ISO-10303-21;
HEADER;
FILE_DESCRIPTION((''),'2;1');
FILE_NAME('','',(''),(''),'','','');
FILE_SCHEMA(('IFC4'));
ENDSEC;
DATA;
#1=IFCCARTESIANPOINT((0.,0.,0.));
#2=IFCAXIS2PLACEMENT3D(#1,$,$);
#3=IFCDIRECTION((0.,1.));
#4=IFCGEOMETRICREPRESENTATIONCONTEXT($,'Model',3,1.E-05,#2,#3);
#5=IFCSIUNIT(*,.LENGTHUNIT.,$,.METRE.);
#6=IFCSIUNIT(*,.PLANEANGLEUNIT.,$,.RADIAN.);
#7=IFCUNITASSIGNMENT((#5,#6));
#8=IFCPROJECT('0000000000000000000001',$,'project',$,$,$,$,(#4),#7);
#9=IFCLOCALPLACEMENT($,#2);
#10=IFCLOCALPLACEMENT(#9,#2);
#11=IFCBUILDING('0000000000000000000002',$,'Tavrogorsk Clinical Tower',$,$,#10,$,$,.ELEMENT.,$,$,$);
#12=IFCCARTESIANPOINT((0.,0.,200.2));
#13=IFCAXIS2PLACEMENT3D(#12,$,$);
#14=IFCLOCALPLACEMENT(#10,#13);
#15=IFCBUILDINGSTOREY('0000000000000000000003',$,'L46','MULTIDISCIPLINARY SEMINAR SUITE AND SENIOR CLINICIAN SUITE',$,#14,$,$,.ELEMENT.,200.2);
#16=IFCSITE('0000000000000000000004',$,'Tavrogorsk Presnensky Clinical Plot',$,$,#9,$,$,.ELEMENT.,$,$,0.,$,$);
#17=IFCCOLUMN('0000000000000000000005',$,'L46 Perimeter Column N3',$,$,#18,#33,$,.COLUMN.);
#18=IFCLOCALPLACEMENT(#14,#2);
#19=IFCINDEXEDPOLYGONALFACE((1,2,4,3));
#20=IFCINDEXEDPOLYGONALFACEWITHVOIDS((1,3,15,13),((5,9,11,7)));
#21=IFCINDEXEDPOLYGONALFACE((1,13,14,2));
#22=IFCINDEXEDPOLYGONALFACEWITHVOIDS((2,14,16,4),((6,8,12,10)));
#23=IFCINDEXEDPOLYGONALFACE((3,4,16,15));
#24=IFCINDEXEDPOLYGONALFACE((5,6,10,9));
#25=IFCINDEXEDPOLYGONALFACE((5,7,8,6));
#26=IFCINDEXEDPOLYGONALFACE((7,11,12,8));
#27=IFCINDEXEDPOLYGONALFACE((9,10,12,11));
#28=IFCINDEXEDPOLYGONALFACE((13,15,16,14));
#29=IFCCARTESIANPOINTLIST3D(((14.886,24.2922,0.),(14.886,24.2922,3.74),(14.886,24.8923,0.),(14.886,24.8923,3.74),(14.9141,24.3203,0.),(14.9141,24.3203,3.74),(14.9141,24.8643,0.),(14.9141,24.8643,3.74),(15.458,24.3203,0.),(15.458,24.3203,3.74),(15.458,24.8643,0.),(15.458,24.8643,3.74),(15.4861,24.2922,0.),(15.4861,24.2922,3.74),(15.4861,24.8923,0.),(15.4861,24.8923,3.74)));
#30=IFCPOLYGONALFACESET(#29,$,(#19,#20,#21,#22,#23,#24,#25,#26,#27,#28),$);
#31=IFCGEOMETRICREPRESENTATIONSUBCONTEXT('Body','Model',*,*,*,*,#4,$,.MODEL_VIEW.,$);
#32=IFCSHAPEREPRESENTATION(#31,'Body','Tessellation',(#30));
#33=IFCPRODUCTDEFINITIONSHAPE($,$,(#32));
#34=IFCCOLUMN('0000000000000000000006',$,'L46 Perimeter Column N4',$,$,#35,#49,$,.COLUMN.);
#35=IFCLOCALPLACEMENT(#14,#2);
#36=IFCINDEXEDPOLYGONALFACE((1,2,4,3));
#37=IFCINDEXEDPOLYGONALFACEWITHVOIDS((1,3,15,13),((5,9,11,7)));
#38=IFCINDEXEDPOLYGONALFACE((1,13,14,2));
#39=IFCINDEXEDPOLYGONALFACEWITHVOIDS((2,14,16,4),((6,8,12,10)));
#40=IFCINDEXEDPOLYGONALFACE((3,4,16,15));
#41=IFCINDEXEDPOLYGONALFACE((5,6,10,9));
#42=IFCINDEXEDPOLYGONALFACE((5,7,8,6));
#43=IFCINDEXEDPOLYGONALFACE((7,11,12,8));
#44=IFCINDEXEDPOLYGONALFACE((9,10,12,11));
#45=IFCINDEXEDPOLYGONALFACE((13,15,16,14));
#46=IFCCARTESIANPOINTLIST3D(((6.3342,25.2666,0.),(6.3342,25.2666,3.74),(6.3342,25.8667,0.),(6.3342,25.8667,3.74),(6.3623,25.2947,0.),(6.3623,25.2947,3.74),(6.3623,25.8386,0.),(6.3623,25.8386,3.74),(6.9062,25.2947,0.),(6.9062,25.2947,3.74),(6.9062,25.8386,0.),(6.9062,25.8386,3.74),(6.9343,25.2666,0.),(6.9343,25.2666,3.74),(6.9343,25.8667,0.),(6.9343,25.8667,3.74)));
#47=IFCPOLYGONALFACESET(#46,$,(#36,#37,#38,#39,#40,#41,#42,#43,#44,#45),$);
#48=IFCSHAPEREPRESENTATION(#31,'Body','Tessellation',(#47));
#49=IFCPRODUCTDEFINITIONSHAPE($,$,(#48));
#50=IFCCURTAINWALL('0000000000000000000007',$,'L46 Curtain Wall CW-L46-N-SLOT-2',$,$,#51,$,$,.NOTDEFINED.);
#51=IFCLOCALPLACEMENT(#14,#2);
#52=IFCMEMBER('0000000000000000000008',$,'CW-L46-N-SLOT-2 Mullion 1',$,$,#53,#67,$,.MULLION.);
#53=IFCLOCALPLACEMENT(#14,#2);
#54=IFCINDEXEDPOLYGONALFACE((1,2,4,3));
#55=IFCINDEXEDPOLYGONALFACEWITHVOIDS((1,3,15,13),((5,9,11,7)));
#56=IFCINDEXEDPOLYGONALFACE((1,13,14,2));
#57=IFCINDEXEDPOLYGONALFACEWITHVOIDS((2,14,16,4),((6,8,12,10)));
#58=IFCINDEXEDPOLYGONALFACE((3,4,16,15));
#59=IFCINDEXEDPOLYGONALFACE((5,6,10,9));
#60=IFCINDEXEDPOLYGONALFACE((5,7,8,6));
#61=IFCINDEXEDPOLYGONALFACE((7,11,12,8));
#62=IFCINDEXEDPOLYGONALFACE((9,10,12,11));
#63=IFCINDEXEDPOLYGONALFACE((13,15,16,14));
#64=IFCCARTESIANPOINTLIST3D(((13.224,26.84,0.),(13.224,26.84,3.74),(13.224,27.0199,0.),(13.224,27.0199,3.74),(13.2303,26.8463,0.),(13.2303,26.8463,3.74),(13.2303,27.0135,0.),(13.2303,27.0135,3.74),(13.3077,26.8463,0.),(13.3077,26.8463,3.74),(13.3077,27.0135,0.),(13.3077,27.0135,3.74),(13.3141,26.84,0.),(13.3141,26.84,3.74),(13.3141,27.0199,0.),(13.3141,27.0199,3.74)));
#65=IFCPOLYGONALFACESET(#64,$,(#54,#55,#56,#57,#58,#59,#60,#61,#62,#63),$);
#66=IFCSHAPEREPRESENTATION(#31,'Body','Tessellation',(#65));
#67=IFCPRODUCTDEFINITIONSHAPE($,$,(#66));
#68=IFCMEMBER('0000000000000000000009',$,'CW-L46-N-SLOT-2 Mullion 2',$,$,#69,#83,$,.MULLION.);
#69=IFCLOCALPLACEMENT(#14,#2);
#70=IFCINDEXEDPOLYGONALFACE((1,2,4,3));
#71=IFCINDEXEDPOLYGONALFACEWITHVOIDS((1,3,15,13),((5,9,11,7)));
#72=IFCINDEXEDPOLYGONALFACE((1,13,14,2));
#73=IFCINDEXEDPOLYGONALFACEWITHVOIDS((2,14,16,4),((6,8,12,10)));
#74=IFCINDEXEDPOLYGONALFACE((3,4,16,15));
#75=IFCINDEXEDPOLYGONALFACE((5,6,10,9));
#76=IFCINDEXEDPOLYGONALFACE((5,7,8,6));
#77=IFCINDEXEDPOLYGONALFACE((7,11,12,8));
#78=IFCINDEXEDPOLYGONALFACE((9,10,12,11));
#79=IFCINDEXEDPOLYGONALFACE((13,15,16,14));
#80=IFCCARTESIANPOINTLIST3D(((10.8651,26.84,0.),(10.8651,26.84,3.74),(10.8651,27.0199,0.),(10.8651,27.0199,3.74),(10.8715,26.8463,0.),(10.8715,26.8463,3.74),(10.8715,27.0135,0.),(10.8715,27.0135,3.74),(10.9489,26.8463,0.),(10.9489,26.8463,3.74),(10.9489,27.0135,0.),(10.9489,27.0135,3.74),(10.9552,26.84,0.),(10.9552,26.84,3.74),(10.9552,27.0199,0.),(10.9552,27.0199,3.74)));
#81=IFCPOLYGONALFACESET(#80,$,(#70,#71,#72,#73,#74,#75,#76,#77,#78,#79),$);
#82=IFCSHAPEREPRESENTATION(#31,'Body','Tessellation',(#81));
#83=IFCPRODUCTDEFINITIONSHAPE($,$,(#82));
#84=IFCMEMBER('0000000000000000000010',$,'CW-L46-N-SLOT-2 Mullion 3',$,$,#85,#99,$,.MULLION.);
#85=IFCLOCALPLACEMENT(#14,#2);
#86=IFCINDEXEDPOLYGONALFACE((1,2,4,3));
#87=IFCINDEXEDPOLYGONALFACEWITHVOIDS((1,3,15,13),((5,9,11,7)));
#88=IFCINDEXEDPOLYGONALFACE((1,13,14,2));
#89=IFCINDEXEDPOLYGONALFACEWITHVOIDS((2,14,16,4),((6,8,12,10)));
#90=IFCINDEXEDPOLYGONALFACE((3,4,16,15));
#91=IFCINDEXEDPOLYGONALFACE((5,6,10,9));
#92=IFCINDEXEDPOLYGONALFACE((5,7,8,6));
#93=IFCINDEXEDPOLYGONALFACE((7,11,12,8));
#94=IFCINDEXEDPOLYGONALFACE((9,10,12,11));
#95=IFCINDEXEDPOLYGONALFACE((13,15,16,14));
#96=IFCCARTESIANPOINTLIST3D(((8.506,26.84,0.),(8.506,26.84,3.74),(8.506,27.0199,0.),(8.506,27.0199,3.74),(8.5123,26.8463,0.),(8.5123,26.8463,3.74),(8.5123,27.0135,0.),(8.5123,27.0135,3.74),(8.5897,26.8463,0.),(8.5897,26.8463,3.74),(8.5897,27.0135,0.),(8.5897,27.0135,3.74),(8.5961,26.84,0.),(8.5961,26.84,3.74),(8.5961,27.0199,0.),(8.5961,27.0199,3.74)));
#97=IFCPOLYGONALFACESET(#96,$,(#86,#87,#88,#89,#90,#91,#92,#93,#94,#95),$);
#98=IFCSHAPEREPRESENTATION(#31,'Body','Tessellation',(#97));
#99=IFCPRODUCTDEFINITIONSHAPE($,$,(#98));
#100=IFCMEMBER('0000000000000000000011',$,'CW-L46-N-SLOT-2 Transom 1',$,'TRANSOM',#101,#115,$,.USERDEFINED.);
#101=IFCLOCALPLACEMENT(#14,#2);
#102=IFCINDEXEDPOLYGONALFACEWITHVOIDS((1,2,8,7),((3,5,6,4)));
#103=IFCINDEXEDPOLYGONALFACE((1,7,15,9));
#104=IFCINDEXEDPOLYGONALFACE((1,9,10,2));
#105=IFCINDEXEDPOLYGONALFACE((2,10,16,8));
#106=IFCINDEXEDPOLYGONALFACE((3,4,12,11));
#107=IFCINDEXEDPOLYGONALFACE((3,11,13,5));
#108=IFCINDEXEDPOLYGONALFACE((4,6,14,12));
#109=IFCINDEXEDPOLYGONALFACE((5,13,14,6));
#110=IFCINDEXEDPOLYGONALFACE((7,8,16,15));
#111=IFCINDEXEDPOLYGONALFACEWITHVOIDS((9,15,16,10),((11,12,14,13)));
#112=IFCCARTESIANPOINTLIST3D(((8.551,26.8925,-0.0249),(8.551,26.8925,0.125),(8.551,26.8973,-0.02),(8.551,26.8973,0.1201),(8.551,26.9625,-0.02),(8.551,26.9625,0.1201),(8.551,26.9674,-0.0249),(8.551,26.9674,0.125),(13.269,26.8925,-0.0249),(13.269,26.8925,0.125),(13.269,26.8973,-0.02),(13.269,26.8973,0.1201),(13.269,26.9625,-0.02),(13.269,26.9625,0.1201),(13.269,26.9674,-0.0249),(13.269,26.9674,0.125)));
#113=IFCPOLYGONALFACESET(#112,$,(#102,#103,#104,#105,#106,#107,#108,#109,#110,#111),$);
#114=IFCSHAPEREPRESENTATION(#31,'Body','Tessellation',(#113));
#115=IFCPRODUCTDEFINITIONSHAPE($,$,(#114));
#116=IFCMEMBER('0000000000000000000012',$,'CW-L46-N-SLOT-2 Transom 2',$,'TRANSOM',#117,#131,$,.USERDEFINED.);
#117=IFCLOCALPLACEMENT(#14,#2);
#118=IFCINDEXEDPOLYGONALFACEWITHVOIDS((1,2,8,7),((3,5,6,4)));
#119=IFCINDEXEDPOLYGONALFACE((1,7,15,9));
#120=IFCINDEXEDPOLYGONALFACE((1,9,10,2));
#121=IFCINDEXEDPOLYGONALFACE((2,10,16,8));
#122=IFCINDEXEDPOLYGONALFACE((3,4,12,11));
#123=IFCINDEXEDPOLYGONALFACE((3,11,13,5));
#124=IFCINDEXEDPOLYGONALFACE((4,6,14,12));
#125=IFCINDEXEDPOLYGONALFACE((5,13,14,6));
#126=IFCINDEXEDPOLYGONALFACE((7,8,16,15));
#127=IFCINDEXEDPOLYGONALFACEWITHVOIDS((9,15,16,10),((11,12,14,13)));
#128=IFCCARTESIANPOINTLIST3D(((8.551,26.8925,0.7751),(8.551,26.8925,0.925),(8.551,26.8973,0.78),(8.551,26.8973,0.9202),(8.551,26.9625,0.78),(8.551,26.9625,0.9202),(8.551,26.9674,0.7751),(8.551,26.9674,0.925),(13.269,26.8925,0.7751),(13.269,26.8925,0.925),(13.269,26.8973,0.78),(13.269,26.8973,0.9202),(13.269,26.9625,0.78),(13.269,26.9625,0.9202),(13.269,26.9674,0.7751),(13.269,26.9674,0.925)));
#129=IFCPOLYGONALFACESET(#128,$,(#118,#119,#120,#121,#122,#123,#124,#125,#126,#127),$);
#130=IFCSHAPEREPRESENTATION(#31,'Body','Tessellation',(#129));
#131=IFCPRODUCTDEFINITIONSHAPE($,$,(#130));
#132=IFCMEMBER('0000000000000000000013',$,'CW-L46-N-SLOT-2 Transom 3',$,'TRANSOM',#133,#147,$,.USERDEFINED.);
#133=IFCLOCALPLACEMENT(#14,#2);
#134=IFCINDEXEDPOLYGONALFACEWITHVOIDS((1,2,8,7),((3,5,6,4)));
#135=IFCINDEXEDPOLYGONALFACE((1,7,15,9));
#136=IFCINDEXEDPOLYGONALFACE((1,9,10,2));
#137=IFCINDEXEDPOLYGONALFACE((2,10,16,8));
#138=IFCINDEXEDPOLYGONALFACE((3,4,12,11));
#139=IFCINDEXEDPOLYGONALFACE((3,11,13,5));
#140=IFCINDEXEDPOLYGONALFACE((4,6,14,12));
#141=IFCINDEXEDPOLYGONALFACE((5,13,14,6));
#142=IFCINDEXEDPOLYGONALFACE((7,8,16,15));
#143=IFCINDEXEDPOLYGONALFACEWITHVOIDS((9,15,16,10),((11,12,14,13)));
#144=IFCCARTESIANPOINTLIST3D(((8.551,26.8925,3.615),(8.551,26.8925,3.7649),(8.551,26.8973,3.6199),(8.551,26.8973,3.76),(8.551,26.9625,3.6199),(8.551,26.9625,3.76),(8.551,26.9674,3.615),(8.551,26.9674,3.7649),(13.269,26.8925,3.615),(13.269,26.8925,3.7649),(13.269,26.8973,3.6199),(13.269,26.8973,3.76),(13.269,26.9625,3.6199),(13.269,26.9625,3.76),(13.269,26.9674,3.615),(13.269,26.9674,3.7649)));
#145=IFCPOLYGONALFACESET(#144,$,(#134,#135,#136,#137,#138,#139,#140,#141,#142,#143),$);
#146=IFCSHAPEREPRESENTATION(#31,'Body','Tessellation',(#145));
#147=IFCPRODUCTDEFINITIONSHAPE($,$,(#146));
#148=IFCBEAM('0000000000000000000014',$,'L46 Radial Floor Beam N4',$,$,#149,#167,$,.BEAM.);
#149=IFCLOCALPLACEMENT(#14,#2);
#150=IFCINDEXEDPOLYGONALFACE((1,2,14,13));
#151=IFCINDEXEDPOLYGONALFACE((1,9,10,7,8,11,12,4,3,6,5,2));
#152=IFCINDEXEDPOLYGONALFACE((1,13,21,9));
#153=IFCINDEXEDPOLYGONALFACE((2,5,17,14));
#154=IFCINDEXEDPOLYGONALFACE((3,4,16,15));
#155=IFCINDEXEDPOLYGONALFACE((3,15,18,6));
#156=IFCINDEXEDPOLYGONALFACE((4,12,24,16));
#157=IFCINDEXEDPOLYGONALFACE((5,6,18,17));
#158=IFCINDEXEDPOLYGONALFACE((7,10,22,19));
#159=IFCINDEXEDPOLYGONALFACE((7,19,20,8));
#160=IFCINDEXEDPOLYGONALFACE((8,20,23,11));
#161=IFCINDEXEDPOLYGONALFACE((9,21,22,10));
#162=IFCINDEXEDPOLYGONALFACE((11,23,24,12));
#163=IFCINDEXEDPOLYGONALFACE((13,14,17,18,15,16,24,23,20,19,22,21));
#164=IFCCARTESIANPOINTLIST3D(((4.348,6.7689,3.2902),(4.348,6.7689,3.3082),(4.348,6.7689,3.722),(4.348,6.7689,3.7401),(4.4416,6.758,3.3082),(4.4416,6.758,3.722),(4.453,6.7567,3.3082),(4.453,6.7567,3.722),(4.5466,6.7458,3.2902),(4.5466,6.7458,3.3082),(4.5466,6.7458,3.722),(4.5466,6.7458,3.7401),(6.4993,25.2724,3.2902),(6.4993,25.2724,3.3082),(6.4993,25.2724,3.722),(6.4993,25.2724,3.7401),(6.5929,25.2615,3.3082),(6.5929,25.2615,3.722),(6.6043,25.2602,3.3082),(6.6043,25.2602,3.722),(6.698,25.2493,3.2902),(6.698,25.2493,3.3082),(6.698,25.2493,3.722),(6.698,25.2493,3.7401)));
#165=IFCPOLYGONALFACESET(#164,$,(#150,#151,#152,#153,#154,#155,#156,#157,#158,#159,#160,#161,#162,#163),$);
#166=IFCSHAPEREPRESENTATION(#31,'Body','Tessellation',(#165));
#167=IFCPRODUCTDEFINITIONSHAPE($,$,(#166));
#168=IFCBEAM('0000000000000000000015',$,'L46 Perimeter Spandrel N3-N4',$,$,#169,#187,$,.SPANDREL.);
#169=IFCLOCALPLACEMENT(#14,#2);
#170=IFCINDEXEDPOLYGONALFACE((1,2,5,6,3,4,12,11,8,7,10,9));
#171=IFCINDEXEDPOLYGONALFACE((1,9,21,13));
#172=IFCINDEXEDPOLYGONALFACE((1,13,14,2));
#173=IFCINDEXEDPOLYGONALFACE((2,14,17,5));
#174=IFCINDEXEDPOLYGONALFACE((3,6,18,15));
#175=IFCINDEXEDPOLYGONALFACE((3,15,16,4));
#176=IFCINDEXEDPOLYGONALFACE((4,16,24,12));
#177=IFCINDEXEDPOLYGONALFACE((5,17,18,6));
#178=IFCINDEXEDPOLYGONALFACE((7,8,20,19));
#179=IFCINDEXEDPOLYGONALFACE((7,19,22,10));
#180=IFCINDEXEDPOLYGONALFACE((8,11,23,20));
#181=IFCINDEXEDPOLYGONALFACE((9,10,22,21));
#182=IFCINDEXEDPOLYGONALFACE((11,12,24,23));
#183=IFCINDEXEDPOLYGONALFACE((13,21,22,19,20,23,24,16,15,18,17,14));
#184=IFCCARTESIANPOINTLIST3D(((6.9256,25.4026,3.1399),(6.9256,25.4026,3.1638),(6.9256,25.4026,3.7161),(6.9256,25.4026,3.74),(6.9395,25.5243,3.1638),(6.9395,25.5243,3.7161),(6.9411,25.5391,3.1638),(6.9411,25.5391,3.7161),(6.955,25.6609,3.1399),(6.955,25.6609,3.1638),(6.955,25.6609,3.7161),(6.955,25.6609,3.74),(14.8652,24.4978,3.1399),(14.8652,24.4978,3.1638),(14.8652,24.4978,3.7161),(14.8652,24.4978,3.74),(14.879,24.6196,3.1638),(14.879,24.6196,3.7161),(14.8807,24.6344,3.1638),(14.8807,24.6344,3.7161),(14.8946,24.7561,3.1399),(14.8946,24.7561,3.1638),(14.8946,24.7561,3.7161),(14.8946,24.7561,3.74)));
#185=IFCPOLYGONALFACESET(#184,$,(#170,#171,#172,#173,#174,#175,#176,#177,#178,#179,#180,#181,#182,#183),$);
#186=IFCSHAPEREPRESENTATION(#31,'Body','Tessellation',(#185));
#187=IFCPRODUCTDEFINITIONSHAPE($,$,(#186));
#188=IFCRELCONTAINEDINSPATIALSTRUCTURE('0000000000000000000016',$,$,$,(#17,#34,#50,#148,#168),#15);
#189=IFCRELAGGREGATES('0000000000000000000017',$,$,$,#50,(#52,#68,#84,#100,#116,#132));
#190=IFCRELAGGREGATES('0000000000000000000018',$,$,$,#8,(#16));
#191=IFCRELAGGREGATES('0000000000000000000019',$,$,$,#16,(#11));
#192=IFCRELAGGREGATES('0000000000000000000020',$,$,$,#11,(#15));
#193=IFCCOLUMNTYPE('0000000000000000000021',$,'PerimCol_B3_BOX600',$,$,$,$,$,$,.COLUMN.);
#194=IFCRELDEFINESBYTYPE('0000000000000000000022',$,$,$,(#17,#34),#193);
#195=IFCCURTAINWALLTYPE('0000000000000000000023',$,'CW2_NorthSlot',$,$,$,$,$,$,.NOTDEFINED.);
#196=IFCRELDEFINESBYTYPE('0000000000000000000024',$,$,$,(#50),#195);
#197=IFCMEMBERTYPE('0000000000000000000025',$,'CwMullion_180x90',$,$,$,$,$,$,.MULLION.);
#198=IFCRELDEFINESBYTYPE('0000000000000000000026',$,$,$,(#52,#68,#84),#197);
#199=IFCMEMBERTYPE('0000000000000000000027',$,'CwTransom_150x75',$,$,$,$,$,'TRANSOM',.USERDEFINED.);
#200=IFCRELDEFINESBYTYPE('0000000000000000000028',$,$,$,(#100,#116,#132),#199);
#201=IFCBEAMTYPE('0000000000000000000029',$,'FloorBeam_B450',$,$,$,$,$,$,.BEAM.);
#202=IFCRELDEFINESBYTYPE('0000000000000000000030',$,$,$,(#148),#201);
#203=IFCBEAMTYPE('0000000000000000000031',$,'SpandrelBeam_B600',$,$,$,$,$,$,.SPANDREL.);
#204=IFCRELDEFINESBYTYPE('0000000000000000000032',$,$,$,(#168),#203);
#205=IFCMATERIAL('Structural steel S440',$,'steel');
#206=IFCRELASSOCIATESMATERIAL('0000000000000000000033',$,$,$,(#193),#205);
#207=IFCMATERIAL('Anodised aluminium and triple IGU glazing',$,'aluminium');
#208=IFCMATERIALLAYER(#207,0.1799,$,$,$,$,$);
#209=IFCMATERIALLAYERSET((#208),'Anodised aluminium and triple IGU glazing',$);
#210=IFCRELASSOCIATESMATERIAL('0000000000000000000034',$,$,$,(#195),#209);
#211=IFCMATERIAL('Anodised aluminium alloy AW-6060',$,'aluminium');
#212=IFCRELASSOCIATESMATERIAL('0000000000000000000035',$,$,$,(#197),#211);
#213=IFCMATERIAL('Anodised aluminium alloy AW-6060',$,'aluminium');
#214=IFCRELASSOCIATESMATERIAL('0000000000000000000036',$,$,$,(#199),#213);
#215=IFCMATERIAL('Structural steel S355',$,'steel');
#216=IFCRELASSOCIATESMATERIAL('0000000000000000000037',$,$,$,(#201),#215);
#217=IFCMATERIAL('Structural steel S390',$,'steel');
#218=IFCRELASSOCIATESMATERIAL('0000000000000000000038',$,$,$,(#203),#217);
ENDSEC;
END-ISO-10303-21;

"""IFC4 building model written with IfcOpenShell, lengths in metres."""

from ifc_helpers import new_model, si_unit, direction, frame, origin, origin_2d, place, context, subcontext, project, spatial, hollow_rectangle, i_section, extrude, material, layer, layer_set, material_profile, profile_set, type_object, element, aggregate, save


model = new_model("IFC4")

# Units and contexts
model_context = context("Model", 3, precision=1e-05, world=origin(), true_north=direction((0.0, 1.0)))
body_context = subcontext(model_context, "Body", "Model", "MODEL_VIEW")
ifc_project = project(units=[si_unit("LENGTHUNIT", "METRE"), si_unit("PLANEANGLEUNIT", "RADIAN")], contexts=[model_context])

# Site, building, storey
site_placement = place(None, origin())
site = spatial("IfcSite", under=ifc_project, at=site_placement, Name="Tavrogorsk Presnensky Clinical Plot", CompositionType="ELEMENT", RefElevation=0.0)
building_placement = place(site_placement, origin())
building = spatial("IfcBuilding", under=site, at=building_placement, Name="Tavrogorsk Clinical Tower", CompositionType="ELEMENT")
storey_placement = place(building_placement, frame((0.0, 0.0, 200.2)))
storey = spatial("IfcBuildingStorey", under=building, at=storey_placement, Name="L46", Description="MULTIDISCIPLINARY SEMINAR SUITE AND SENIOR CLINICIAN SUITE", CompositionType="ELEMENT", Elevation=200.2)

# Columns
ifc_material_1 = material(Name="Structural steel S440", Category="steel")
ifc_material_profile_1 = material_profile(ifc_material_1, hollow_rectangle(XDim=0.6001, YDim=0.6001, WallThickness=0.0281, at=origin_2d()), Name="BOX-600x600x28")
ifc_profile_set_1 = profile_set([ifc_material_profile_1], Name="Structural steel S440")
column_type = type_object("IfcColumnType", Name="PerimCol_B3_BOX600", PredefinedType="COLUMN", material=ifc_profile_set_1)
for number, where, z_axis, x_axis, name in (
    (1, (15.186, 24.5923, 0.0), (0.0, 0.0, 1.0), (1.0, 0.0, 0.0), "L46 Perimeter Column N3"),
    (2, (6.6343, 25.5667, 0.0), (0.0, 0.0, 1.0), (1.0, 0.0, 0.0), "L46 Perimeter Column N4"),
):
    element("IfcColumn", number, at=place(storey_placement, frame(where, z_axis=z_axis, x_axis=x_axis)), inside=storey, type_object=column_type, Name=name, PredefinedType="COLUMN", context=body_context, shape_type="SweptSolid", body=[
        extrude(hollow_rectangle(XDim=0.6001, YDim=0.6001, WallThickness=0.0281, at=origin_2d()), origin(), (0.0, 0.0, 1.0), 3.74),
    ])

# Curtain wall, members
ifc_material_2 = material(Name="Anodised aluminium and triple IGU glazing", Category="aluminium")
ifc_layer_1 = layer(ifc_material_2, 0.1799)
ifc_layer_set_1 = layer_set([ifc_layer_1], Name="Anodised aluminium and triple IGU glazing")
curtain_wall_type = type_object("IfcCurtainWallType", Name="CW2_NorthSlot", PredefinedType="NOTDEFINED", material=ifc_layer_set_1)
curtain_wall_placement = place(storey_placement, origin())
curtain_wall = element("IfcCurtainWall", 3, at=curtain_wall_placement, inside=storey, type_object=curtain_wall_type, Name="L46 Curtain Wall CW-L46-N-SLOT-2", PredefinedType="NOTDEFINED")
ifc_material_3 = material(Name="Anodised aluminium alloy AW-6060", Category="aluminium")
ifc_material_profile_2 = material_profile(ifc_material_3, hollow_rectangle(XDim=0.0901, YDim=0.1799, WallThickness=0.0063, at=origin_2d()), Name="RHS-180x90x6.3")
ifc_profile_set_2 = profile_set([ifc_material_profile_2], Name="Anodised aluminium alloy AW-6060")
member_type_1 = type_object("IfcMemberType", Name="CwMullion_180x90", PredefinedType="MULLION", material=ifc_profile_set_2)
member_1_placement = place(storey_placement, frame((13.269, 26.9299, 0.0), z_axis=(0.0, 0.0, 1.0), x_axis=(-1.0, 0.0, 0.0)))
member_1 = element("IfcMember", 4, at=member_1_placement, type_object=member_type_1, Name="CW-L46-N-SLOT-2 Mullion 1", PredefinedType="MULLION", context=body_context, shape_type="SweptSolid", body=[
    extrude(hollow_rectangle(XDim=0.0901, YDim=0.1799, WallThickness=0.0063, at=origin_2d()), origin(), (0.0, 0.0, 1.0), 3.74),
])
member_2_placement = place(storey_placement, frame((10.9102, 26.9299, 0.0), z_axis=(0.0, 0.0, 1.0), x_axis=(-1.0, 0.0, 0.0)))
member_2 = element("IfcMember", 5, at=member_2_placement, type_object=member_type_1, Name="CW-L46-N-SLOT-2 Mullion 2", PredefinedType="MULLION", context=body_context, shape_type="SweptSolid", body=[
    extrude(hollow_rectangle(XDim=0.0901, YDim=0.1799, WallThickness=0.0063, at=origin_2d()), origin(), (0.0, 0.0, 1.0), 3.74),
])
member_3_placement = place(storey_placement, frame((8.551, 26.9299, 0.0), z_axis=(0.0, 0.0, 1.0), x_axis=(-1.0, 0.0, 0.0)))
member_3 = element("IfcMember", 6, at=member_3_placement, type_object=member_type_1, Name="CW-L46-N-SLOT-2 Mullion 3", PredefinedType="MULLION", context=body_context, shape_type="SweptSolid", body=[
    extrude(hollow_rectangle(XDim=0.0901, YDim=0.1799, WallThickness=0.0063, at=origin_2d()), origin(), (0.0, 0.0, 1.0), 3.74),
])
ifc_material_4 = material(Name="Anodised aluminium alloy AW-6060", Category="aluminium")
ifc_material_profile_3 = material_profile(ifc_material_4, hollow_rectangle(XDim=0.075, YDim=0.1499, WallThickness=0.0049, at=origin_2d()), Name="RHS-150x75x5")
ifc_profile_set_3 = profile_set([ifc_material_profile_3], Name="Anodised aluminium alloy AW-6060")
member_type_2 = type_object("IfcMemberType", Name="CwTransom_150x75", ElementType="TRANSOM", PredefinedType="USERDEFINED", material=ifc_profile_set_3)
member_4_placement = place(storey_placement, frame((13.269, 26.9299, 0.05), z_axis=(-1.0, 0.0, 0.0), x_axis=(0.0, -1.0, 0.0)))
member_4 = element("IfcMember", 7, at=member_4_placement, type_object=member_type_2, Name="CW-L46-N-SLOT-2 Transom 1", ObjectType="TRANSOM", PredefinedType="USERDEFINED", context=body_context, shape_type="SweptSolid", body=[
    extrude(hollow_rectangle(XDim=0.075, YDim=0.1499, WallThickness=0.0049, at=origin_2d()), origin(), (0.0, 0.0, 1.0), 4.718),
])
member_5_placement = place(storey_placement, frame((13.269, 26.9299, 0.8501), z_axis=(-1.0, 0.0, 0.0), x_axis=(0.0, -1.0, 0.0)))
member_5 = element("IfcMember", 8, at=member_5_placement, type_object=member_type_2, Name="CW-L46-N-SLOT-2 Transom 2", ObjectType="TRANSOM", PredefinedType="USERDEFINED", context=body_context, shape_type="SweptSolid", body=[
    extrude(hollow_rectangle(XDim=0.075, YDim=0.1499, WallThickness=0.0049, at=origin_2d()), origin(), (0.0, 0.0, 1.0), 4.718),
])
member_6_placement = place(storey_placement, frame((13.269, 26.9299, 3.6899), z_axis=(-1.0, 0.0, 0.0), x_axis=(0.0, -1.0, 0.0)))
member_6 = element("IfcMember", 9, at=member_6_placement, type_object=member_type_2, Name="CW-L46-N-SLOT-2 Transom 3", ObjectType="TRANSOM", PredefinedType="USERDEFINED", context=body_context, shape_type="SweptSolid", body=[
    extrude(hollow_rectangle(XDim=0.075, YDim=0.1499, WallThickness=0.0049, at=origin_2d()), origin(), (0.0, 0.0, 1.0), 4.718),
])

# Beams
ifc_material_5 = material(Name="Structural steel S355", Category="steel")
ifc_material_profile_4 = material_profile(ifc_material_5, i_section(OverallWidth=0.2, OverallDepth=0.45, WebThickness=0.0115, FlangeThickness=0.0181, at=origin_2d()), Name="B-450x200x11.5x18")
ifc_profile_set_4 = profile_set([ifc_material_profile_4], Name="Structural steel S355")
beam_type_1 = type_object("IfcBeamType", Name="FloorBeam_B450", PredefinedType="BEAM", material=ifc_profile_set_4)
beam_1_placement = place(storey_placement, frame((4.4473, 6.7573, 3.5151), z_axis=(0.115491, 0.993309, 0.0), x_axis=(-0.993309, 0.115491, 0.0)))
element("IfcBeam", 10, at=beam_1_placement, inside=storey, type_object=beam_type_1, Name="L46 Radial Floor Beam N4", PredefinedType="BEAM", context=body_context, shape_type="SweptSolid", body=[
    extrude(i_section(OverallWidth=0.2, OverallDepth=0.45, WebThickness=0.0115, FlangeThickness=0.0181, at=origin_2d()), origin(), (0.0, 0.0, 1.0), 18.6282),
])
ifc_material_6 = material(Name="Structural steel S390", Category="steel")
ifc_material_profile_5 = material_profile(ifc_material_6, i_section(OverallWidth=0.26, OverallDepth=0.6001, WebThickness=0.0149, FlangeThickness=0.0239, at=origin_2d()), Name="B-600x260x15x24")
ifc_profile_set_5 = profile_set([ifc_material_profile_5], Name="Structural steel S390")
beam_type_2 = type_object("IfcBeamType", Name="SpandrelBeam_B600", PredefinedType="SPANDREL", material=ifc_profile_set_5)
beam_2_placement = place(storey_placement, frame((14.8799, 24.627, 3.4399), z_axis=(-0.993569, 0.113224, 0.0), x_axis=(-0.113224, -0.993569, 0.0)))
element("IfcBeam", 11, at=beam_2_placement, inside=storey, type_object=beam_type_2, Name="L46 Perimeter Spandrel N3-N4", PredefinedType="SPANDREL", context=body_context, shape_type="SweptSolid", body=[
    extrude(i_section(OverallWidth=0.26, OverallDepth=0.6001, WebThickness=0.0149, FlangeThickness=0.0239, at=origin_2d()), origin(), (0.0, 0.0, 1.0), 7.991),
])

aggregate(curtain_wall, [member_1, member_2, member_3, member_4, member_5, member_6])

save(model, "model.ifc")
